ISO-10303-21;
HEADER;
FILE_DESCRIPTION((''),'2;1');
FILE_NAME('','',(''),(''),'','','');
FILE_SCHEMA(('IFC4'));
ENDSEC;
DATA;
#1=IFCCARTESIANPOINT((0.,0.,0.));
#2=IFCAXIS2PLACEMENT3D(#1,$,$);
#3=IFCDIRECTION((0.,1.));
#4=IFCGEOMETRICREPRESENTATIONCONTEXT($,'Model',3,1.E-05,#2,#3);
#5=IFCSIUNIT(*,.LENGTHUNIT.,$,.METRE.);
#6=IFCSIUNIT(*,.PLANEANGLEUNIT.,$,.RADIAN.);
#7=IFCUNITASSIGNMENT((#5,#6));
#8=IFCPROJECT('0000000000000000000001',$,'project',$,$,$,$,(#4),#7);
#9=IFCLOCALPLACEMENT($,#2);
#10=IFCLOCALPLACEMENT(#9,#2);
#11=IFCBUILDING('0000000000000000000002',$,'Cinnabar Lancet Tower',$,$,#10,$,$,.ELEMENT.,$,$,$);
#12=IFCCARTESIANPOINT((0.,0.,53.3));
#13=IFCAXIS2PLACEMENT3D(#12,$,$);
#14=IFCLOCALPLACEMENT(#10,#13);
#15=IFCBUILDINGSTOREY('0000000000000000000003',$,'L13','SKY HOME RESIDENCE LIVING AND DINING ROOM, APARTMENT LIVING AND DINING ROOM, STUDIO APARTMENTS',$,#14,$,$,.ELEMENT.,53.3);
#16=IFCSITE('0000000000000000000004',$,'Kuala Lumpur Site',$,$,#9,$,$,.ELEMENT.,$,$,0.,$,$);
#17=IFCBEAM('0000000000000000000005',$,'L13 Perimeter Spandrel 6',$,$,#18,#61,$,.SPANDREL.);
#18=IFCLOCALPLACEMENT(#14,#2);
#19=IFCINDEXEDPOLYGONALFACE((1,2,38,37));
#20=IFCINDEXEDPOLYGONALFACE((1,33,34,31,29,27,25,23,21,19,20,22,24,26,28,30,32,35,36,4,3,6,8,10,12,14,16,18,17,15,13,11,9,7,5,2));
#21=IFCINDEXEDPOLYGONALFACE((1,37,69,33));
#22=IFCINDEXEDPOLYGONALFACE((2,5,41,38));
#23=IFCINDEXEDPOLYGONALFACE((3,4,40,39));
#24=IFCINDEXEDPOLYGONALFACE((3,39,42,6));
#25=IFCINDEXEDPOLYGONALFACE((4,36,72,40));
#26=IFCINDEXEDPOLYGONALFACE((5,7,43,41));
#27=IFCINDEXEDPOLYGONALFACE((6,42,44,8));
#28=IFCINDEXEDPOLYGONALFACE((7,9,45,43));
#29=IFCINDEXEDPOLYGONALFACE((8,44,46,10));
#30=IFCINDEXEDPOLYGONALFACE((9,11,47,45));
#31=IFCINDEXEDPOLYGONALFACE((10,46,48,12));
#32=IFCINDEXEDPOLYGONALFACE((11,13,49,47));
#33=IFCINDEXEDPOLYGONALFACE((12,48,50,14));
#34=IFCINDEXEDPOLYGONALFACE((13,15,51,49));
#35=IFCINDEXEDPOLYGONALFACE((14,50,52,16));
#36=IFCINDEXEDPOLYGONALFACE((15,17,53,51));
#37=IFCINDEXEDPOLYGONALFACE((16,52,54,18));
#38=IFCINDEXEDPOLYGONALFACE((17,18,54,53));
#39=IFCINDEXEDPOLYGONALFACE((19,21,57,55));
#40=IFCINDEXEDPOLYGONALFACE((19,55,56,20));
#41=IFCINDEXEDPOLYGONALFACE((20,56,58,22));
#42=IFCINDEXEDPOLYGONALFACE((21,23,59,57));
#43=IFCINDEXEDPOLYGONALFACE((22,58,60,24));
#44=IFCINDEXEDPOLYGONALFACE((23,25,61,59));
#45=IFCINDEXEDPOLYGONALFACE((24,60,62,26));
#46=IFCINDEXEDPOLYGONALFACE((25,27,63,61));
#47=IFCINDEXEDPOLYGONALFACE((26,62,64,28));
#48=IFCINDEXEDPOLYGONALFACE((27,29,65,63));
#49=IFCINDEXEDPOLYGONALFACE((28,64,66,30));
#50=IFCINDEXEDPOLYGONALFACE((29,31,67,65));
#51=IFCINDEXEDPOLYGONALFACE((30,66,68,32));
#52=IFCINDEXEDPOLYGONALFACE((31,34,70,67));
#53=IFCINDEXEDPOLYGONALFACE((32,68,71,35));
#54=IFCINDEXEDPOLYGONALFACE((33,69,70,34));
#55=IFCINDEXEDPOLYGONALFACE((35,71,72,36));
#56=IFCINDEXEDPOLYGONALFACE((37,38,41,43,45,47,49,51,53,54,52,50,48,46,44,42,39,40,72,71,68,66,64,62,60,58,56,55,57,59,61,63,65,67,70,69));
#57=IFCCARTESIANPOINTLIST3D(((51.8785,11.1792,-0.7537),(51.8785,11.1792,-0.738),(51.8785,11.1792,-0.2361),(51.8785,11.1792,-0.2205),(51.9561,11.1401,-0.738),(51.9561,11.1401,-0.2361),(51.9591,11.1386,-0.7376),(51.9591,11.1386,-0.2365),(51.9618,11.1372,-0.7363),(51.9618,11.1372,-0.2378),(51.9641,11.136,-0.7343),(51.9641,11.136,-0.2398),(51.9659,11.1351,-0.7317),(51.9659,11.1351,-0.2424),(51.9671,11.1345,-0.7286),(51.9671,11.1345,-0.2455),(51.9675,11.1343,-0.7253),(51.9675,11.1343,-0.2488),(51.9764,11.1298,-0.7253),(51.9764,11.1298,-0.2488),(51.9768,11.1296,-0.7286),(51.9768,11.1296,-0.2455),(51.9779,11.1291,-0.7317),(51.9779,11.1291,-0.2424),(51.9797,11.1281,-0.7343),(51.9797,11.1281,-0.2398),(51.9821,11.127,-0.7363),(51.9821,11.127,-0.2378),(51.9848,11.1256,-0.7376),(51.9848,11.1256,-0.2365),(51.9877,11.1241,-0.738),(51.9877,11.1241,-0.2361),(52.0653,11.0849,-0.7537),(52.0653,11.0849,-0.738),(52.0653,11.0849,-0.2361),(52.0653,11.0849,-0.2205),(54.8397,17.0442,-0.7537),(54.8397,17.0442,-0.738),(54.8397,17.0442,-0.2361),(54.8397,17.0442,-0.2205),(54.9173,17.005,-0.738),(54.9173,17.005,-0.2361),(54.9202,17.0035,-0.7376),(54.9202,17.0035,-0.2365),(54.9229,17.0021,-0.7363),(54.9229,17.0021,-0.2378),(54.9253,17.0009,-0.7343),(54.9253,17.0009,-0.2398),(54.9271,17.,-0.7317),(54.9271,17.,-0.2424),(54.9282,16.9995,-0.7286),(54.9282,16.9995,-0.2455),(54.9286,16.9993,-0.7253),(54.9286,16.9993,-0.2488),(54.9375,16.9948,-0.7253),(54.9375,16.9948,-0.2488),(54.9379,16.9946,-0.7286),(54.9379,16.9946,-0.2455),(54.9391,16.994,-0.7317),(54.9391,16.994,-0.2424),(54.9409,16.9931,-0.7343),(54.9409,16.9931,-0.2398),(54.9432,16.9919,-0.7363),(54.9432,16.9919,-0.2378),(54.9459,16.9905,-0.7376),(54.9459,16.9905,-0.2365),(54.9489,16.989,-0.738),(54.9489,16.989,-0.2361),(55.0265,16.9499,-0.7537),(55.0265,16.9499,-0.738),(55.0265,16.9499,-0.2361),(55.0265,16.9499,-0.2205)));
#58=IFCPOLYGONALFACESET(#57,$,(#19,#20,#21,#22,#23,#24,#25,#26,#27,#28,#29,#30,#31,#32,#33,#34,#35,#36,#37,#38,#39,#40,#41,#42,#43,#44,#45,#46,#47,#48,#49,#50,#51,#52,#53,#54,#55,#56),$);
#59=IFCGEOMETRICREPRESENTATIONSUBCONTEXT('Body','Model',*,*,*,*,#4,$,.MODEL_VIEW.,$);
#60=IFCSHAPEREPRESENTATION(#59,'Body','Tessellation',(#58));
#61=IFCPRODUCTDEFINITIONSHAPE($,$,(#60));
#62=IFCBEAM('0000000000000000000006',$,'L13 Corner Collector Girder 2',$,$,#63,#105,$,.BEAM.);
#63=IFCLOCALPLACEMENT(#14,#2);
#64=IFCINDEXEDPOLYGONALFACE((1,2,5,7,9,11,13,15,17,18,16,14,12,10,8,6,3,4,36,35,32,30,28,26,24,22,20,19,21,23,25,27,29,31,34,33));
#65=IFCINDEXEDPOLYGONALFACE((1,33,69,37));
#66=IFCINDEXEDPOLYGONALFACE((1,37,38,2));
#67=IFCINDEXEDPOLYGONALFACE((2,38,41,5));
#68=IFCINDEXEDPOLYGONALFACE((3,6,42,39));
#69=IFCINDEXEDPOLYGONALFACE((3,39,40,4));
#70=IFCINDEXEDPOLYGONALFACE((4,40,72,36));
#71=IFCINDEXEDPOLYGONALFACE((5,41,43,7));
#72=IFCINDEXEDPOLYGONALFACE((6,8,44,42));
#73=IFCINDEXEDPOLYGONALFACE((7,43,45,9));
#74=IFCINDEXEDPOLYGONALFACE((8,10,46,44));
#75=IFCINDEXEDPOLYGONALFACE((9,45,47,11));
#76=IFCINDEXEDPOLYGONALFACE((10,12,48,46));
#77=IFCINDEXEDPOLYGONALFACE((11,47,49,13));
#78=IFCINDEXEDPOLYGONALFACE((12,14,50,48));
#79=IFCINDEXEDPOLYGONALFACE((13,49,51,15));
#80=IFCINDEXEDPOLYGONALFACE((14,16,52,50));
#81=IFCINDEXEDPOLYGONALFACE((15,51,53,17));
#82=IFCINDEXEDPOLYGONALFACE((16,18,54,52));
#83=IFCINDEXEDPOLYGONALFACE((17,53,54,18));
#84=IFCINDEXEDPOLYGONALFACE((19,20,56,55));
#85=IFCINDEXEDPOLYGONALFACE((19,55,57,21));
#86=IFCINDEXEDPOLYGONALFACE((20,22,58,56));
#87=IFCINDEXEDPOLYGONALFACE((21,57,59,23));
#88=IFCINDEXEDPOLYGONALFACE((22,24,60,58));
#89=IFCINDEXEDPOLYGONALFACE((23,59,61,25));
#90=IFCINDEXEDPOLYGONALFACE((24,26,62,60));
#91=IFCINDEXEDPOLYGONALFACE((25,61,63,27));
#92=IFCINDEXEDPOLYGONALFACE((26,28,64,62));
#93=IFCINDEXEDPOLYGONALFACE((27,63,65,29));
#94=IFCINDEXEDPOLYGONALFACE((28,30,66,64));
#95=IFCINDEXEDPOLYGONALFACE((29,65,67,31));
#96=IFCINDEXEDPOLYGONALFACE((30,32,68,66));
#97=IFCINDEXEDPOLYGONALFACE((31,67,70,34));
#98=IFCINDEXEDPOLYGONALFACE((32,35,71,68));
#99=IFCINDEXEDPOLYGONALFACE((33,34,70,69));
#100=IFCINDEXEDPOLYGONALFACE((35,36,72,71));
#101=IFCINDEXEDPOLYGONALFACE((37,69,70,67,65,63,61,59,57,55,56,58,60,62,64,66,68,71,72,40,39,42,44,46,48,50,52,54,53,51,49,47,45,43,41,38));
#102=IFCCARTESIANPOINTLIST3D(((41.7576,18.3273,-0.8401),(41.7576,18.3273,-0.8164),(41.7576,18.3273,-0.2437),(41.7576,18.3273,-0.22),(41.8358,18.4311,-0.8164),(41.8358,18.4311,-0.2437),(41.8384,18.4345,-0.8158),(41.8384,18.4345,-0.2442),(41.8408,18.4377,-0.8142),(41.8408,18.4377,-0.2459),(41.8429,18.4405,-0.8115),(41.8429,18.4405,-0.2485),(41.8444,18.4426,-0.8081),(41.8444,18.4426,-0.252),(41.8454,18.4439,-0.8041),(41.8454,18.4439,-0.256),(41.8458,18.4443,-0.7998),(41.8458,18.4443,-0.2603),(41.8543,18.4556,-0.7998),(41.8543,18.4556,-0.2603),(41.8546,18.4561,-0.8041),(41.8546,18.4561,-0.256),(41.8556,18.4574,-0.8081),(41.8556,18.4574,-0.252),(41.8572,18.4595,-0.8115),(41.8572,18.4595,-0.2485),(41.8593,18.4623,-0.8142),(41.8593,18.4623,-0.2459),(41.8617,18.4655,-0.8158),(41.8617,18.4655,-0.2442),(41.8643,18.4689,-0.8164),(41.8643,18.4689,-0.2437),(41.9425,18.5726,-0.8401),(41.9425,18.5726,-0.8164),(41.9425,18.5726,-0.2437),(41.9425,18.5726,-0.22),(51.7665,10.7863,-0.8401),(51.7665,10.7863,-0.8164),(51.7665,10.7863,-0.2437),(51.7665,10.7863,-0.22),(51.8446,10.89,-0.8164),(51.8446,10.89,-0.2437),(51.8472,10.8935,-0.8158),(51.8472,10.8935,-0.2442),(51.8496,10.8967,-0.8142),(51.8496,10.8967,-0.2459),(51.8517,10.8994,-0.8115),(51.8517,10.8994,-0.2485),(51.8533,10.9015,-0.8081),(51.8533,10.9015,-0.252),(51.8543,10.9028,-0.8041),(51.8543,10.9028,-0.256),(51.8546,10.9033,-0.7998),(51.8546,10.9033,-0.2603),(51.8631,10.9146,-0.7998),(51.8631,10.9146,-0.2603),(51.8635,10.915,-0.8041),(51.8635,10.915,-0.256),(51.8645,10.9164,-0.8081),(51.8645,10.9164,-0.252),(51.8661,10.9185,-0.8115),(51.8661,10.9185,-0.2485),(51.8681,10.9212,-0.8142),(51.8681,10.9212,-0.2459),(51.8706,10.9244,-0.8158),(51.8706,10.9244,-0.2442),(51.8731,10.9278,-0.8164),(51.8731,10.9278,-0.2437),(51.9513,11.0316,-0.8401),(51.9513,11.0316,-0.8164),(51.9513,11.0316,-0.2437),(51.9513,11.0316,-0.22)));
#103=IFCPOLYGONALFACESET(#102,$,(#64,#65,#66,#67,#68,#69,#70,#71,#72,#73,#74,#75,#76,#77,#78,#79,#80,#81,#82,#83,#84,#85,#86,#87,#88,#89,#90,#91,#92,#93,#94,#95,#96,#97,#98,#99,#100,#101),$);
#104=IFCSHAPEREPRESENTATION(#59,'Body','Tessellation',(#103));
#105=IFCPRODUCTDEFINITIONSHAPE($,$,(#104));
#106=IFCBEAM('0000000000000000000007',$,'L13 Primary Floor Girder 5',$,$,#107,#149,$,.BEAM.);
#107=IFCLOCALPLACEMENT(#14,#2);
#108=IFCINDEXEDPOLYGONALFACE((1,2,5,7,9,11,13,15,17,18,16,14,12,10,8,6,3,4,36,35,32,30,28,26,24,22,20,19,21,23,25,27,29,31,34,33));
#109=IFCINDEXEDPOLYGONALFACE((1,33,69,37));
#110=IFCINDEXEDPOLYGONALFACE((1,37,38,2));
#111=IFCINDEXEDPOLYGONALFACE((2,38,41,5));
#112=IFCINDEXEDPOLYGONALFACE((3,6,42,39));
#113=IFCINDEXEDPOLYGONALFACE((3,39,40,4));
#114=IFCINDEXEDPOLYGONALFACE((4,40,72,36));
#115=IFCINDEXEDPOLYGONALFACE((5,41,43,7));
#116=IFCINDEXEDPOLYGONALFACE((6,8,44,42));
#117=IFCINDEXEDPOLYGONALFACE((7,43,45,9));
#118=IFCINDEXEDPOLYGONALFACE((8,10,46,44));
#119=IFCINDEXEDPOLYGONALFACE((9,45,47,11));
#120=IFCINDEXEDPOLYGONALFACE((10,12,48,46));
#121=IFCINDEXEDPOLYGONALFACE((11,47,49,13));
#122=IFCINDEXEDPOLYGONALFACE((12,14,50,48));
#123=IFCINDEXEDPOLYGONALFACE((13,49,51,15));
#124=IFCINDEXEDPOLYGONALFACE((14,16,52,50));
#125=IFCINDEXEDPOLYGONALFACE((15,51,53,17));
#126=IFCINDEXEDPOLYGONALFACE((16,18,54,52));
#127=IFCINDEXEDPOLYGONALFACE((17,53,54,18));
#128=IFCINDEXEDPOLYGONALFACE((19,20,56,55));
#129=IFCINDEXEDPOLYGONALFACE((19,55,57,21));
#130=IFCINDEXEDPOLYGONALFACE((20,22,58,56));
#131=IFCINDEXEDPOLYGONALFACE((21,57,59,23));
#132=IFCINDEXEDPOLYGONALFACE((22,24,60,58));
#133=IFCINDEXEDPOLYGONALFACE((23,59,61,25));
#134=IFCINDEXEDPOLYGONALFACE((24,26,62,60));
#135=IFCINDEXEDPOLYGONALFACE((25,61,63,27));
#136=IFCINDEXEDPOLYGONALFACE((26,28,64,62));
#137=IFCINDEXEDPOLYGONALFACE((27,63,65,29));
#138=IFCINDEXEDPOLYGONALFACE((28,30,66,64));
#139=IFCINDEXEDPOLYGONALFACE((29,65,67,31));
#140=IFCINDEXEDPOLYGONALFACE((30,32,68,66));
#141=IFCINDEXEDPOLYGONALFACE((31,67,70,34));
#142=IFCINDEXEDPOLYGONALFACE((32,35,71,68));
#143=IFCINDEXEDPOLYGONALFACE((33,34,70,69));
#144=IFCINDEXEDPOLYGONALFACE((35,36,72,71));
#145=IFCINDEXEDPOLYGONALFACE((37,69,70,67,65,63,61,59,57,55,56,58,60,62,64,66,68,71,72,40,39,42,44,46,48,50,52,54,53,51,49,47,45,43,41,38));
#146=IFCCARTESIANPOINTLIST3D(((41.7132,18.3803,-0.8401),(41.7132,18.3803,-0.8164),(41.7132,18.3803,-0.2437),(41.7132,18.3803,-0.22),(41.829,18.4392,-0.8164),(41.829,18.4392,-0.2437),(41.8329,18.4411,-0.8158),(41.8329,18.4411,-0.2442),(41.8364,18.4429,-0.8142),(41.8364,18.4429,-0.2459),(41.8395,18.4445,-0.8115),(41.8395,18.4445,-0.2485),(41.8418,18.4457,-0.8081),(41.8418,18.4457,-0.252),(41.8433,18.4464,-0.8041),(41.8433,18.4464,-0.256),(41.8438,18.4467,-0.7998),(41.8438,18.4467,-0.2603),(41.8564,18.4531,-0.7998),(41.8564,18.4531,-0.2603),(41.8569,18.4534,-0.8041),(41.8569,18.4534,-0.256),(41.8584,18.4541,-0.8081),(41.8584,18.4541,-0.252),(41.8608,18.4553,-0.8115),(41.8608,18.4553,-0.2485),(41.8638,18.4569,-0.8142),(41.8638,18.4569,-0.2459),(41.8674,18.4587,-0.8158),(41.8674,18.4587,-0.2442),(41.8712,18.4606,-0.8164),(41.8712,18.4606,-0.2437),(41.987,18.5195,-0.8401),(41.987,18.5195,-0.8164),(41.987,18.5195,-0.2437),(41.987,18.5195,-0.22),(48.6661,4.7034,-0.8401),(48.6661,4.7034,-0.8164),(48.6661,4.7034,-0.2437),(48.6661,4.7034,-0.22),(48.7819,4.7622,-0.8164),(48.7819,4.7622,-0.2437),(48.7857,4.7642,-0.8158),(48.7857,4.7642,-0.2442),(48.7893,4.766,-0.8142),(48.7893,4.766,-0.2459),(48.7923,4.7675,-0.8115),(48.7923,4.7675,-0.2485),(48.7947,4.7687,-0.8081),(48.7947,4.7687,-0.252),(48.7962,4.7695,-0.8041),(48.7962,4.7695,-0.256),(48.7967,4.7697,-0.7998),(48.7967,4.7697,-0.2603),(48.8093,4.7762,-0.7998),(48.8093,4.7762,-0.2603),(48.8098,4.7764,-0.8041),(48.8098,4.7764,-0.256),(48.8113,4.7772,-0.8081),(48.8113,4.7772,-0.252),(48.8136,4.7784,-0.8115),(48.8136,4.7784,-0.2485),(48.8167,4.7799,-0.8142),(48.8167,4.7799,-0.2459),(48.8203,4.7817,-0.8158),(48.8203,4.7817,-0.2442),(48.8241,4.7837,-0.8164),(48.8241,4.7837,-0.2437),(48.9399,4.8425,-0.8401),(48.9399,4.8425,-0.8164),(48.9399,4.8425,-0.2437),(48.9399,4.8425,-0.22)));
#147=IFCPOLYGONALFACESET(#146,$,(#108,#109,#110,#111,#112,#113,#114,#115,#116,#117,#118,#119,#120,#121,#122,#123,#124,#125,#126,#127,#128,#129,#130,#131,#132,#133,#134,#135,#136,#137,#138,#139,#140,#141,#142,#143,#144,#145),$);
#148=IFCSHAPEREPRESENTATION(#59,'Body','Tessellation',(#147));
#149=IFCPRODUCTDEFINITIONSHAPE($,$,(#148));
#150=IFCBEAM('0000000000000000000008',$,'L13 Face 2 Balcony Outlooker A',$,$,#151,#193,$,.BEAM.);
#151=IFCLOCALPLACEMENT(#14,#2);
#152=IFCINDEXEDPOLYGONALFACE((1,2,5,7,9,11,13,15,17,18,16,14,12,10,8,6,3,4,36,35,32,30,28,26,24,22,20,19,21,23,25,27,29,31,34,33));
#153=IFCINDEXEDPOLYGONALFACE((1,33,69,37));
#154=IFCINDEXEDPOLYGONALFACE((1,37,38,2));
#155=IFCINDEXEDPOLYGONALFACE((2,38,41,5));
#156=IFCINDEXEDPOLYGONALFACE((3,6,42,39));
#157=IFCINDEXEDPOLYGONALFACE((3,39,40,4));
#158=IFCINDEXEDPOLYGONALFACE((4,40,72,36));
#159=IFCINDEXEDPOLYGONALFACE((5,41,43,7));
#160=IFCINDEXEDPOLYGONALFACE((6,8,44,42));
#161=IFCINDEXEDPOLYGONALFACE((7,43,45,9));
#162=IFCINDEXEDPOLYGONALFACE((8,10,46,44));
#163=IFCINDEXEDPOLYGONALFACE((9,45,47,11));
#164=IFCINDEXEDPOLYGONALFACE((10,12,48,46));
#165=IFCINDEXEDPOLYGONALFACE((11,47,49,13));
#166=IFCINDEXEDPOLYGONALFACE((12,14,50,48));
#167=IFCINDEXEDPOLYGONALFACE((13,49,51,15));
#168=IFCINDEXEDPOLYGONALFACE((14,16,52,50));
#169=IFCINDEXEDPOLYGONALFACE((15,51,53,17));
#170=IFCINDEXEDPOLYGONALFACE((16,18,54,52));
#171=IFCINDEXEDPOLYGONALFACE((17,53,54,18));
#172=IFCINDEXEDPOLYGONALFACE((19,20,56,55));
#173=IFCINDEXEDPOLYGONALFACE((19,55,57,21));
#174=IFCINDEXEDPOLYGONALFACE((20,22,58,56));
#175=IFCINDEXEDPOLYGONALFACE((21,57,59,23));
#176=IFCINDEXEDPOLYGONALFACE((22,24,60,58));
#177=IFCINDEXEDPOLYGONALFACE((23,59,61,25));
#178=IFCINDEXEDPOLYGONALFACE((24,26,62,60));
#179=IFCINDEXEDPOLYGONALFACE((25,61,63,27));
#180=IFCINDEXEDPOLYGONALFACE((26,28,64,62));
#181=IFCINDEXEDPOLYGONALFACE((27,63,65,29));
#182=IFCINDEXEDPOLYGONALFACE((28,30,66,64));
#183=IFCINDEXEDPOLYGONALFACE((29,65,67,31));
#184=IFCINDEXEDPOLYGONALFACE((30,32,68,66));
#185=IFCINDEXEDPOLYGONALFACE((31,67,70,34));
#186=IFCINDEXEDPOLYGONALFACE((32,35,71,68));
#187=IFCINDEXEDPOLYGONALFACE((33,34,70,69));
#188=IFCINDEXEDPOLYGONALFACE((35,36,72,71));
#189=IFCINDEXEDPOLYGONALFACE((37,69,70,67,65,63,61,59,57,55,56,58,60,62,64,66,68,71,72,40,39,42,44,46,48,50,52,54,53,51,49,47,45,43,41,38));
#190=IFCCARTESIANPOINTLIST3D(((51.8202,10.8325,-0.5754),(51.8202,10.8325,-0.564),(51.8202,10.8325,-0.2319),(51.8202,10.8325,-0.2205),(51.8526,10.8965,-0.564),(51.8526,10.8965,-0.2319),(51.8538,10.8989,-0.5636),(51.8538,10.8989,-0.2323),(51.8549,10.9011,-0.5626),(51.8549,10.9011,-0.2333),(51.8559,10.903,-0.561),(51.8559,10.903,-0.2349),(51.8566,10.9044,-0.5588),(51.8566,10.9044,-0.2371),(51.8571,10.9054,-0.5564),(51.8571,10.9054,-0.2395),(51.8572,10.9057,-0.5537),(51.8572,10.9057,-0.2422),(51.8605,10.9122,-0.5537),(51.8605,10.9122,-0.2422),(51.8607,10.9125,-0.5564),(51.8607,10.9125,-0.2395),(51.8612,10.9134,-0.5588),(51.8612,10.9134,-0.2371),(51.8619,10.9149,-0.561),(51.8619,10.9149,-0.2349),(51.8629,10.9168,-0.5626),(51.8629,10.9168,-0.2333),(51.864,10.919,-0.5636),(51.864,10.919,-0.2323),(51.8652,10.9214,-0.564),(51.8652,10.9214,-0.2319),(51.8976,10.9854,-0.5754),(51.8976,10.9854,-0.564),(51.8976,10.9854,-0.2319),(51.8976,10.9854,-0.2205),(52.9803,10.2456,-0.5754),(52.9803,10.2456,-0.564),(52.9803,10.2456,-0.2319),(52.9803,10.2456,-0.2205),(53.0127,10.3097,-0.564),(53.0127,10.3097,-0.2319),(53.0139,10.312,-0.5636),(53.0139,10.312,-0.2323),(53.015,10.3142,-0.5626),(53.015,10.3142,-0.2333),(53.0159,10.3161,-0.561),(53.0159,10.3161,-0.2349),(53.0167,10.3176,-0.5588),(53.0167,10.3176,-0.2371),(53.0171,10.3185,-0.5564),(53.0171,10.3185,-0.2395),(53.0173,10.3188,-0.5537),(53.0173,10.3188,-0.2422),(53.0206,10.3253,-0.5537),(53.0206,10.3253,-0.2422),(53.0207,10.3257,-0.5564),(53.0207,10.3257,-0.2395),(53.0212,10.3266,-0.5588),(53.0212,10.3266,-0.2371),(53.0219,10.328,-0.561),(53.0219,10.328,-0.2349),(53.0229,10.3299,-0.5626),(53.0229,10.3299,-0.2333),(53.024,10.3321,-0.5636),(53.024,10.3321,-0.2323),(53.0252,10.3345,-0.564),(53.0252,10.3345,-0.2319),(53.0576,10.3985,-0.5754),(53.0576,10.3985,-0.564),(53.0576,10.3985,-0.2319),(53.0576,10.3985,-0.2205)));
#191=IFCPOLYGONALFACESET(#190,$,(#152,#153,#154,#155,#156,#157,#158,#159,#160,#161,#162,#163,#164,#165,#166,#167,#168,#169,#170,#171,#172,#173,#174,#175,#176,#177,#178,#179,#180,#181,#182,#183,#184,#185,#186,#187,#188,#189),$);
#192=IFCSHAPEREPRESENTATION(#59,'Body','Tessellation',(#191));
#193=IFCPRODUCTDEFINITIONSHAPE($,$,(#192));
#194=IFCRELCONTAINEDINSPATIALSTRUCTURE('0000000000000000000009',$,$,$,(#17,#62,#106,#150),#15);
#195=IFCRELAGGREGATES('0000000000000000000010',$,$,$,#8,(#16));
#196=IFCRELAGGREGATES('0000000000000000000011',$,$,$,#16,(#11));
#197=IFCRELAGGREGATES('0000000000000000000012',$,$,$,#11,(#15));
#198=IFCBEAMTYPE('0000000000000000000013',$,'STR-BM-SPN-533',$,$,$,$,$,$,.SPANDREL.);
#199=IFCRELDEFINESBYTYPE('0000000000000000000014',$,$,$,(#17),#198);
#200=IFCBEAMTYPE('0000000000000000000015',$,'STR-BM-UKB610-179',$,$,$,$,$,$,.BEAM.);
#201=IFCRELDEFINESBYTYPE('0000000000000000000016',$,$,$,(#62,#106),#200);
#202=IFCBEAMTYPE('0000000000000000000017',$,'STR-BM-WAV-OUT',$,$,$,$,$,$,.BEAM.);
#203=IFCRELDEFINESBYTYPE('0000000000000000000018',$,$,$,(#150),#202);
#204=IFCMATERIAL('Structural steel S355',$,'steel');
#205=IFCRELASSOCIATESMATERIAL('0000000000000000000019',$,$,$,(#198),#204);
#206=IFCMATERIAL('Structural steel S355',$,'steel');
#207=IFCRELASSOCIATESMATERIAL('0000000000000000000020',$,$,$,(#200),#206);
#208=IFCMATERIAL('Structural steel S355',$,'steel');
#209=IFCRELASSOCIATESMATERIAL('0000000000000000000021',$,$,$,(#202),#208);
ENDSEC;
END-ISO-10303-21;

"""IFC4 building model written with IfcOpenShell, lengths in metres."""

from ifc_helpers import new_model, si_unit, direction, frame, origin, origin_2d, place, context, subcontext, project, spatial, i_section, extrude, material, material_profile, profile_set, type_object, element, save


model = new_model("IFC4")

# Units and contexts
model_context = context("Model", 3, precision=1e-05, world=origin(), true_north=direction((0.0, 1.0)))
body_context = subcontext(model_context, "Body", "Model", "MODEL_VIEW")
ifc_project = project(units=[si_unit("LENGTHUNIT", "METRE"), si_unit("PLANEANGLEUNIT", "RADIAN")], contexts=[model_context])

# Site, building, storey
site_placement = place(None, origin())
site = spatial("IfcSite", under=ifc_project, at=site_placement, Name="Kuala Lumpur Site", CompositionType="ELEMENT", RefElevation=0.0)
building_placement = place(site_placement, origin())
building = spatial("IfcBuilding", under=site, at=building_placement, Name="Cinnabar Lancet Tower", CompositionType="ELEMENT")
storey_placement = place(building_placement, frame((0.0, 0.0, 53.3)))
storey = spatial("IfcBuildingStorey", under=building, at=storey_placement, Name="L13", Description="SKY HOME RESIDENCE LIVING AND DINING ROOM, APARTMENT LIVING AND DINING ROOM, STUDIO APARTMENTS", CompositionType="ELEMENT", Elevation=53.3)

# Beams
ifc_material_1 = material(Name="Structural steel S355", Category="steel")
ifc_material_profile_1 = material_profile(ifc_material_1, i_section(OverallWidth=0.2092, OverallDepth=0.5332, WebThickness=0.01, FlangeThickness=0.0156, FilletRadius=0.0127, at=origin_2d()), Name="UKB 533x210x92")
ifc_profile_set_1 = profile_set([ifc_material_profile_1], Name="Structural steel S355")
beam_type_1 = type_object("IfcBeamType", Name="STR-BM-SPN-533", PredefinedType="SPANDREL", material=ifc_profile_set_1)
beam_1_placement = place(storey_placement, frame((51.9719, 11.1321, -0.4871), z_axis=(0.450703, 0.892674, 0.0), x_axis=(-0.892674, 0.450703, 0.0)))
element("IfcBeam", 1, at=beam_1_placement, inside=storey, type_object=beam_type_1, Name="L13 Perimeter Spandrel 6", PredefinedType="SPANDREL", context=body_context, shape_type="SweptSolid", body=[
    extrude(i_section(OverallWidth=0.2092, OverallDepth=0.5332, WebThickness=0.01, FlangeThickness=0.0156, FilletRadius=0.0127, at=origin_2d()), origin(), (0.0, 0.0, 1.0), 6.5701),
])
ifc_material_2 = material(Name="Structural steel S355", Category="steel")
ifc_material_profile_2 = material_profile(ifc_material_2, i_section(OverallWidth=0.3071, OverallDepth=0.6201, WebThickness=0.0142, FlangeThickness=0.0237, FilletRadius=0.0166, at=origin_2d()), Name="UKB 610x305x179")
ifc_profile_set_2 = profile_set([ifc_material_profile_2], Name="Structural steel S355")
beam_type_2 = type_object("IfcBeamType", Name="STR-BM-UKB610-179", PredefinedType="BEAM", material=ifc_profile_set_2)
beam_2_placement = place(storey_placement, frame((51.8589, 10.9089, -0.53), z_axis=(-0.79868, 0.601757, 0.0), x_axis=(-0.601757, -0.79868, 0.0)))
element("IfcBeam", 2, at=beam_2_placement, inside=storey, type_object=beam_type_2, Name="L13 Corner Collector Girder 2", PredefinedType="BEAM", context=body_context, shape_type="SweptSolid", body=[
    extrude(i_section(OverallWidth=0.3071, OverallDepth=0.6201, WebThickness=0.0142, FlangeThickness=0.0237, FilletRadius=0.0166, at=origin_2d()), origin(), (0.0, 0.0, 1.0), 12.5317),
])
beam_3_placement = place(storey_placement, frame((48.803, 4.7729, -0.53), z_axis=(-0.453168, 0.891425, 0.0), x_axis=(-0.891425, -0.453168, 0.0)))
element("IfcBeam", 3, at=beam_3_placement, inside=storey, type_object=beam_type_2, Name="L13 Primary Floor Girder 5", PredefinedType="BEAM", context=body_context, shape_type="SweptSolid", body=[
    extrude(i_section(OverallWidth=0.3071, OverallDepth=0.6201, WebThickness=0.0142, FlangeThickness=0.0237, FilletRadius=0.0166, at=origin_2d()), origin(), (0.0, 0.0, 1.0), 15.3428),
])
ifc_material_3 = material(Name="Structural steel S355", Category="steel")
ifc_material_profile_3 = material_profile(ifc_material_3, i_section(OverallWidth=0.1714, OverallDepth=0.355, WebThickness=0.0073, FlangeThickness=0.0115, FilletRadius=0.0103, at=origin_2d()), Name="UKB 356x171x51")
ifc_profile_set_3 = profile_set([ifc_material_profile_3], Name="Structural steel S355")
beam_type_3 = type_object("IfcBeamType", Name="STR-BM-WAV-OUT", PredefinedType="BEAM", material=ifc_profile_set_3)
beam_4_placement = place(storey_placement, frame((51.8589, 10.9089, -0.3979), z_axis=(0.892314, -0.451415, 0.0), x_axis=(0.451415, 0.892314, 0.0)))
element("IfcBeam", 4, at=beam_4_placement, inside=storey, type_object=beam_type_3, Name="L13 Face 2 Balcony Outlooker A", PredefinedType="BEAM", context=body_context, shape_type="SweptSolid", body=[
    extrude(i_section(OverallWidth=0.1714, OverallDepth=0.355, WebThickness=0.0073, FlangeThickness=0.0115, FilletRadius=0.0103, at=origin_2d()), origin(), (0.0, 0.0, 1.0), 1.3),
])

save(model, "model.ifc")
